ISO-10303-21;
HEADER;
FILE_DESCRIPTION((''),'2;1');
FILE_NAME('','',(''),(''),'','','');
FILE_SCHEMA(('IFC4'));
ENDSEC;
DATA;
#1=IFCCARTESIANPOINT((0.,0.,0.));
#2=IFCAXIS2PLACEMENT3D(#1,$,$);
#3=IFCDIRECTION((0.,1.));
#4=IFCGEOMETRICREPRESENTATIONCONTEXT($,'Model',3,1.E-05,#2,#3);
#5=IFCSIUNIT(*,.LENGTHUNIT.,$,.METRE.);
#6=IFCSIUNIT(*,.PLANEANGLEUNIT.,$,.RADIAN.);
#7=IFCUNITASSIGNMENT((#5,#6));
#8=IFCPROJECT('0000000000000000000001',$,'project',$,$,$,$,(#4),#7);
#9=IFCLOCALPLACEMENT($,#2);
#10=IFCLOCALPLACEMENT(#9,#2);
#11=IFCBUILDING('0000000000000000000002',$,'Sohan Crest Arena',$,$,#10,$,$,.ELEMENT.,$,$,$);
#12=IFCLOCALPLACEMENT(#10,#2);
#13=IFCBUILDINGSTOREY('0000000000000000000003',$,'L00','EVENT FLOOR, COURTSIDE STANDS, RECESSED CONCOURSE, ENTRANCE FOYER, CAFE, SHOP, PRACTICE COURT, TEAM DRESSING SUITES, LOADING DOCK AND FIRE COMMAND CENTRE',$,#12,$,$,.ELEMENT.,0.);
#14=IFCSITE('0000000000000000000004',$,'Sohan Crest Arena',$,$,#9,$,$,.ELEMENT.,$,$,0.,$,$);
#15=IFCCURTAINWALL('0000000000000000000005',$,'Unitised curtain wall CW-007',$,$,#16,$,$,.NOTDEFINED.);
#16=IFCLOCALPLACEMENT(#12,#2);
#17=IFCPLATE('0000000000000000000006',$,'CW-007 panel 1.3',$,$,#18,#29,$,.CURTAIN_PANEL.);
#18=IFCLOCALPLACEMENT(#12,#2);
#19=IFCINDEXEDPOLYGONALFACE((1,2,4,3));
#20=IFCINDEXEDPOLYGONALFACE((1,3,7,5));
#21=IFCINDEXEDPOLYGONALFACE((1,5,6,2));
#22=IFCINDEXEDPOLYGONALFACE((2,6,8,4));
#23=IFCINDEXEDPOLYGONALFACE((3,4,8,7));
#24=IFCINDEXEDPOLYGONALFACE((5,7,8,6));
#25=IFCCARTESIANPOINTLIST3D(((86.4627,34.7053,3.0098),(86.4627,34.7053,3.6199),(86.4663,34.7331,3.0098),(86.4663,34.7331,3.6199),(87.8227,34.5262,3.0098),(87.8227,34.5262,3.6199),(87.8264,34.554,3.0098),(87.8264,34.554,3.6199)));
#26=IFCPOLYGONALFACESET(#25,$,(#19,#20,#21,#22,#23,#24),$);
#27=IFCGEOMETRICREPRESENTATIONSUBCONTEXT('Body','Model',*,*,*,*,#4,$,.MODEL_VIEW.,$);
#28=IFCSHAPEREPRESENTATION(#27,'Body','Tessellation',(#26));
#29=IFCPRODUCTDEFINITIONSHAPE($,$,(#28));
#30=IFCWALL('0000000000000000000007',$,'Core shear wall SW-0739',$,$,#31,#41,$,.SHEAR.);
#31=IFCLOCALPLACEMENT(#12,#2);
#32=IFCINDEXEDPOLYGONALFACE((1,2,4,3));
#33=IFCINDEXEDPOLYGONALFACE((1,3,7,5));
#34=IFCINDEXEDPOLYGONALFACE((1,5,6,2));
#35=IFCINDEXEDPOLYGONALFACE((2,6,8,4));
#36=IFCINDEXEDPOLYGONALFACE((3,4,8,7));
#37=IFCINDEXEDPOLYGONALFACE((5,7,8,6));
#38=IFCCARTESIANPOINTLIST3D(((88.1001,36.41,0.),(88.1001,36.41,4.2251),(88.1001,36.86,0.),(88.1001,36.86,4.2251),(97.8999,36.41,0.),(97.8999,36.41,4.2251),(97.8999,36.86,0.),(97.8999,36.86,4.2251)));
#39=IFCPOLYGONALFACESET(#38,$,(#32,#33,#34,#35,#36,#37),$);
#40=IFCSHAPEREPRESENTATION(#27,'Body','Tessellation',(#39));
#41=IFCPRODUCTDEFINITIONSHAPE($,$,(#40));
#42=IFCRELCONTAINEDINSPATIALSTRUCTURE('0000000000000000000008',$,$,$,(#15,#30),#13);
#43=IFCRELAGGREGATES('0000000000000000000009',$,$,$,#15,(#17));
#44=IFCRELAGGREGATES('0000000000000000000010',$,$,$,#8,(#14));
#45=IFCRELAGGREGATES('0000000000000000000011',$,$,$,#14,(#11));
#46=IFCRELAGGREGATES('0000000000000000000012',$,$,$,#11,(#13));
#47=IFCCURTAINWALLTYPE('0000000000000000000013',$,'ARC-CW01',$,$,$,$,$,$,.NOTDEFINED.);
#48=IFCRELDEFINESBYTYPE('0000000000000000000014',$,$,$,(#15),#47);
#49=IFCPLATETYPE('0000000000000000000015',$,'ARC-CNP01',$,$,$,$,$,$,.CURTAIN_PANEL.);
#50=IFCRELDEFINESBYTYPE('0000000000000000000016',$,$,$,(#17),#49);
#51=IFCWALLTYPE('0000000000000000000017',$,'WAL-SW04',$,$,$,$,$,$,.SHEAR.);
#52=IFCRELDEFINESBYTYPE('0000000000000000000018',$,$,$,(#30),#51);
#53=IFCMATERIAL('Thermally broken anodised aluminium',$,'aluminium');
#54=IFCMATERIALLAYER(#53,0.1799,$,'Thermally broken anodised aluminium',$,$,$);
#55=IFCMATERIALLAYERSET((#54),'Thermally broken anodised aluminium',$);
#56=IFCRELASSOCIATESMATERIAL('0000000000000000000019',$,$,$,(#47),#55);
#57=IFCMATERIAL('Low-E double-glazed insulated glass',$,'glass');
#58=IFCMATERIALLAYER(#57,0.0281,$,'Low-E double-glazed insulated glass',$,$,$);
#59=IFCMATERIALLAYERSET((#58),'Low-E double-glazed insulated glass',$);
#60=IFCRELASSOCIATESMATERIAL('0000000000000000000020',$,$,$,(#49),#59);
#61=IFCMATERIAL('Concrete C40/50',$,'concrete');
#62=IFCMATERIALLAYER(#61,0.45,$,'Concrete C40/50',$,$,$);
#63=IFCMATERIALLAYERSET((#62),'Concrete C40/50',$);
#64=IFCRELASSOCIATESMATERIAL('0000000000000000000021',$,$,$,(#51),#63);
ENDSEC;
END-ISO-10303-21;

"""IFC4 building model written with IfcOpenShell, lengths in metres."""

from ifc_helpers import new_model, si_unit, direction, frame, frame_2d, origin, origin_2d, place, context, subcontext, project, spatial, rectangle, extrude, material, layer, layer_set, type_object, element, aggregate, save


model = new_model("IFC4")

# Units and contexts
model_context = context("Model", 3, precision=1e-05, world=origin(), true_north=direction((0.0, 1.0)))
body_context = subcontext(model_context, "Body", "Model", "MODEL_VIEW")
ifc_project = project(units=[si_unit("LENGTHUNIT", "METRE"), si_unit("PLANEANGLEUNIT", "RADIAN")], contexts=[model_context])

# Site, building, storey
site_placement = place(None, origin())
site = spatial("IfcSite", under=ifc_project, at=site_placement, Name="Sohan Crest Arena", CompositionType="ELEMENT", RefElevation=0.0)
building_placement = place(site_placement, origin())
building = spatial("IfcBuilding", under=site, at=building_placement, Name="Sohan Crest Arena", CompositionType="ELEMENT")
storey_placement = place(building_placement, origin())
storey = spatial("IfcBuildingStorey", under=building, at=storey_placement, Name="L00", Description="EVENT FLOOR, COURTSIDE STANDS, RECESSED CONCOURSE, ENTRANCE FOYER, CAFE, SHOP, PRACTICE COURT, TEAM DRESSING SUITES, LOADING DOCK AND FIRE COMMAND CENTRE", CompositionType="ELEMENT", Elevation=0.0)

# Shared definitions
ifc_material_1 = material(Name="Thermally broken anodised aluminium", Category="aluminium")
ifc_layer_1 = layer(ifc_material_1, 0.1799, Name="Thermally broken anodised aluminium")
ifc_layer_set_1 = layer_set([ifc_layer_1], Name="Thermally broken anodised aluminium")
curtain_wall_type = type_object("IfcCurtainWallType", Name="ARC-CW01", PredefinedType="NOTDEFINED", material=ifc_layer_set_1)

# Curtain wall
curtain_wall_1_placement = place(storey_placement, origin())
curtain_wall_1 = element("IfcCurtainWall", 1, at=curtain_wall_1_placement, inside=storey, type_object=curtain_wall_type, Name="Unitised curtain wall CW-007", PredefinedType="NOTDEFINED")

# Plate
ifc_material_2 = material(Name="Low-E double-glazed insulated glass", Category="glass")
ifc_layer_2 = layer(ifc_material_2, 0.0281, Name="Low-E double-glazed insulated glass")
ifc_layer_set_2 = layer_set([ifc_layer_2], Name="Low-E double-glazed insulated glass")
plate_type = type_object("IfcPlateType", Name="ARC-CNP01", PredefinedType="CURTAIN_PANEL", material=ifc_layer_set_2)
plate_1_placement = place(storey_placement, frame((87.1445, 34.6296, 3.0098), z_axis=(0.0, 0.0, 1.0), x_axis=(0.991439, -0.130567, 0.0)))
plate_1 = element("IfcPlate", 2, at=plate_1_placement, type_object=plate_type, Name="CW-007 panel 1.3", PredefinedType="CURTAIN_PANEL", context=body_context, shape_type="SweptSolid", body=[
    extrude(rectangle(XDim=1.3718, YDim=0.0281, at=origin_2d()), origin(), (0.0, 0.0, 1.0), 0.6101),
])
aggregate(curtain_wall_1, [plate_1])

# Wall
ifc_material_3 = material(Name="Concrete C40/50", Category="concrete")
ifc_layer_3 = layer(ifc_material_3, 0.45, Name="Concrete C40/50")
ifc_layer_set_3 = layer_set([ifc_layer_3], Name="Concrete C40/50")
wall_type = type_object("IfcWallType", Name="WAL-SW04", PredefinedType="SHEAR", material=ifc_layer_set_3)
wall_placement = place(storey_placement, frame((88.1001, 36.635, 0.0), z_axis=(0.0, 0.0, 1.0), x_axis=(1.0, 0.0, 0.0)))
element("IfcWall", 3, at=wall_placement, inside=storey, type_object=wall_type, Name="Core shear wall SW-0739", PredefinedType="SHEAR", context=body_context, shape_type="SweptSolid", body=[
    extrude(rectangle(XDim=9.7998, YDim=0.45, at=frame_2d((4.8999, 0.0))), origin(), (0.0, 0.0, 1.0), 4.2251),
])

save(model, "model.ifc")
